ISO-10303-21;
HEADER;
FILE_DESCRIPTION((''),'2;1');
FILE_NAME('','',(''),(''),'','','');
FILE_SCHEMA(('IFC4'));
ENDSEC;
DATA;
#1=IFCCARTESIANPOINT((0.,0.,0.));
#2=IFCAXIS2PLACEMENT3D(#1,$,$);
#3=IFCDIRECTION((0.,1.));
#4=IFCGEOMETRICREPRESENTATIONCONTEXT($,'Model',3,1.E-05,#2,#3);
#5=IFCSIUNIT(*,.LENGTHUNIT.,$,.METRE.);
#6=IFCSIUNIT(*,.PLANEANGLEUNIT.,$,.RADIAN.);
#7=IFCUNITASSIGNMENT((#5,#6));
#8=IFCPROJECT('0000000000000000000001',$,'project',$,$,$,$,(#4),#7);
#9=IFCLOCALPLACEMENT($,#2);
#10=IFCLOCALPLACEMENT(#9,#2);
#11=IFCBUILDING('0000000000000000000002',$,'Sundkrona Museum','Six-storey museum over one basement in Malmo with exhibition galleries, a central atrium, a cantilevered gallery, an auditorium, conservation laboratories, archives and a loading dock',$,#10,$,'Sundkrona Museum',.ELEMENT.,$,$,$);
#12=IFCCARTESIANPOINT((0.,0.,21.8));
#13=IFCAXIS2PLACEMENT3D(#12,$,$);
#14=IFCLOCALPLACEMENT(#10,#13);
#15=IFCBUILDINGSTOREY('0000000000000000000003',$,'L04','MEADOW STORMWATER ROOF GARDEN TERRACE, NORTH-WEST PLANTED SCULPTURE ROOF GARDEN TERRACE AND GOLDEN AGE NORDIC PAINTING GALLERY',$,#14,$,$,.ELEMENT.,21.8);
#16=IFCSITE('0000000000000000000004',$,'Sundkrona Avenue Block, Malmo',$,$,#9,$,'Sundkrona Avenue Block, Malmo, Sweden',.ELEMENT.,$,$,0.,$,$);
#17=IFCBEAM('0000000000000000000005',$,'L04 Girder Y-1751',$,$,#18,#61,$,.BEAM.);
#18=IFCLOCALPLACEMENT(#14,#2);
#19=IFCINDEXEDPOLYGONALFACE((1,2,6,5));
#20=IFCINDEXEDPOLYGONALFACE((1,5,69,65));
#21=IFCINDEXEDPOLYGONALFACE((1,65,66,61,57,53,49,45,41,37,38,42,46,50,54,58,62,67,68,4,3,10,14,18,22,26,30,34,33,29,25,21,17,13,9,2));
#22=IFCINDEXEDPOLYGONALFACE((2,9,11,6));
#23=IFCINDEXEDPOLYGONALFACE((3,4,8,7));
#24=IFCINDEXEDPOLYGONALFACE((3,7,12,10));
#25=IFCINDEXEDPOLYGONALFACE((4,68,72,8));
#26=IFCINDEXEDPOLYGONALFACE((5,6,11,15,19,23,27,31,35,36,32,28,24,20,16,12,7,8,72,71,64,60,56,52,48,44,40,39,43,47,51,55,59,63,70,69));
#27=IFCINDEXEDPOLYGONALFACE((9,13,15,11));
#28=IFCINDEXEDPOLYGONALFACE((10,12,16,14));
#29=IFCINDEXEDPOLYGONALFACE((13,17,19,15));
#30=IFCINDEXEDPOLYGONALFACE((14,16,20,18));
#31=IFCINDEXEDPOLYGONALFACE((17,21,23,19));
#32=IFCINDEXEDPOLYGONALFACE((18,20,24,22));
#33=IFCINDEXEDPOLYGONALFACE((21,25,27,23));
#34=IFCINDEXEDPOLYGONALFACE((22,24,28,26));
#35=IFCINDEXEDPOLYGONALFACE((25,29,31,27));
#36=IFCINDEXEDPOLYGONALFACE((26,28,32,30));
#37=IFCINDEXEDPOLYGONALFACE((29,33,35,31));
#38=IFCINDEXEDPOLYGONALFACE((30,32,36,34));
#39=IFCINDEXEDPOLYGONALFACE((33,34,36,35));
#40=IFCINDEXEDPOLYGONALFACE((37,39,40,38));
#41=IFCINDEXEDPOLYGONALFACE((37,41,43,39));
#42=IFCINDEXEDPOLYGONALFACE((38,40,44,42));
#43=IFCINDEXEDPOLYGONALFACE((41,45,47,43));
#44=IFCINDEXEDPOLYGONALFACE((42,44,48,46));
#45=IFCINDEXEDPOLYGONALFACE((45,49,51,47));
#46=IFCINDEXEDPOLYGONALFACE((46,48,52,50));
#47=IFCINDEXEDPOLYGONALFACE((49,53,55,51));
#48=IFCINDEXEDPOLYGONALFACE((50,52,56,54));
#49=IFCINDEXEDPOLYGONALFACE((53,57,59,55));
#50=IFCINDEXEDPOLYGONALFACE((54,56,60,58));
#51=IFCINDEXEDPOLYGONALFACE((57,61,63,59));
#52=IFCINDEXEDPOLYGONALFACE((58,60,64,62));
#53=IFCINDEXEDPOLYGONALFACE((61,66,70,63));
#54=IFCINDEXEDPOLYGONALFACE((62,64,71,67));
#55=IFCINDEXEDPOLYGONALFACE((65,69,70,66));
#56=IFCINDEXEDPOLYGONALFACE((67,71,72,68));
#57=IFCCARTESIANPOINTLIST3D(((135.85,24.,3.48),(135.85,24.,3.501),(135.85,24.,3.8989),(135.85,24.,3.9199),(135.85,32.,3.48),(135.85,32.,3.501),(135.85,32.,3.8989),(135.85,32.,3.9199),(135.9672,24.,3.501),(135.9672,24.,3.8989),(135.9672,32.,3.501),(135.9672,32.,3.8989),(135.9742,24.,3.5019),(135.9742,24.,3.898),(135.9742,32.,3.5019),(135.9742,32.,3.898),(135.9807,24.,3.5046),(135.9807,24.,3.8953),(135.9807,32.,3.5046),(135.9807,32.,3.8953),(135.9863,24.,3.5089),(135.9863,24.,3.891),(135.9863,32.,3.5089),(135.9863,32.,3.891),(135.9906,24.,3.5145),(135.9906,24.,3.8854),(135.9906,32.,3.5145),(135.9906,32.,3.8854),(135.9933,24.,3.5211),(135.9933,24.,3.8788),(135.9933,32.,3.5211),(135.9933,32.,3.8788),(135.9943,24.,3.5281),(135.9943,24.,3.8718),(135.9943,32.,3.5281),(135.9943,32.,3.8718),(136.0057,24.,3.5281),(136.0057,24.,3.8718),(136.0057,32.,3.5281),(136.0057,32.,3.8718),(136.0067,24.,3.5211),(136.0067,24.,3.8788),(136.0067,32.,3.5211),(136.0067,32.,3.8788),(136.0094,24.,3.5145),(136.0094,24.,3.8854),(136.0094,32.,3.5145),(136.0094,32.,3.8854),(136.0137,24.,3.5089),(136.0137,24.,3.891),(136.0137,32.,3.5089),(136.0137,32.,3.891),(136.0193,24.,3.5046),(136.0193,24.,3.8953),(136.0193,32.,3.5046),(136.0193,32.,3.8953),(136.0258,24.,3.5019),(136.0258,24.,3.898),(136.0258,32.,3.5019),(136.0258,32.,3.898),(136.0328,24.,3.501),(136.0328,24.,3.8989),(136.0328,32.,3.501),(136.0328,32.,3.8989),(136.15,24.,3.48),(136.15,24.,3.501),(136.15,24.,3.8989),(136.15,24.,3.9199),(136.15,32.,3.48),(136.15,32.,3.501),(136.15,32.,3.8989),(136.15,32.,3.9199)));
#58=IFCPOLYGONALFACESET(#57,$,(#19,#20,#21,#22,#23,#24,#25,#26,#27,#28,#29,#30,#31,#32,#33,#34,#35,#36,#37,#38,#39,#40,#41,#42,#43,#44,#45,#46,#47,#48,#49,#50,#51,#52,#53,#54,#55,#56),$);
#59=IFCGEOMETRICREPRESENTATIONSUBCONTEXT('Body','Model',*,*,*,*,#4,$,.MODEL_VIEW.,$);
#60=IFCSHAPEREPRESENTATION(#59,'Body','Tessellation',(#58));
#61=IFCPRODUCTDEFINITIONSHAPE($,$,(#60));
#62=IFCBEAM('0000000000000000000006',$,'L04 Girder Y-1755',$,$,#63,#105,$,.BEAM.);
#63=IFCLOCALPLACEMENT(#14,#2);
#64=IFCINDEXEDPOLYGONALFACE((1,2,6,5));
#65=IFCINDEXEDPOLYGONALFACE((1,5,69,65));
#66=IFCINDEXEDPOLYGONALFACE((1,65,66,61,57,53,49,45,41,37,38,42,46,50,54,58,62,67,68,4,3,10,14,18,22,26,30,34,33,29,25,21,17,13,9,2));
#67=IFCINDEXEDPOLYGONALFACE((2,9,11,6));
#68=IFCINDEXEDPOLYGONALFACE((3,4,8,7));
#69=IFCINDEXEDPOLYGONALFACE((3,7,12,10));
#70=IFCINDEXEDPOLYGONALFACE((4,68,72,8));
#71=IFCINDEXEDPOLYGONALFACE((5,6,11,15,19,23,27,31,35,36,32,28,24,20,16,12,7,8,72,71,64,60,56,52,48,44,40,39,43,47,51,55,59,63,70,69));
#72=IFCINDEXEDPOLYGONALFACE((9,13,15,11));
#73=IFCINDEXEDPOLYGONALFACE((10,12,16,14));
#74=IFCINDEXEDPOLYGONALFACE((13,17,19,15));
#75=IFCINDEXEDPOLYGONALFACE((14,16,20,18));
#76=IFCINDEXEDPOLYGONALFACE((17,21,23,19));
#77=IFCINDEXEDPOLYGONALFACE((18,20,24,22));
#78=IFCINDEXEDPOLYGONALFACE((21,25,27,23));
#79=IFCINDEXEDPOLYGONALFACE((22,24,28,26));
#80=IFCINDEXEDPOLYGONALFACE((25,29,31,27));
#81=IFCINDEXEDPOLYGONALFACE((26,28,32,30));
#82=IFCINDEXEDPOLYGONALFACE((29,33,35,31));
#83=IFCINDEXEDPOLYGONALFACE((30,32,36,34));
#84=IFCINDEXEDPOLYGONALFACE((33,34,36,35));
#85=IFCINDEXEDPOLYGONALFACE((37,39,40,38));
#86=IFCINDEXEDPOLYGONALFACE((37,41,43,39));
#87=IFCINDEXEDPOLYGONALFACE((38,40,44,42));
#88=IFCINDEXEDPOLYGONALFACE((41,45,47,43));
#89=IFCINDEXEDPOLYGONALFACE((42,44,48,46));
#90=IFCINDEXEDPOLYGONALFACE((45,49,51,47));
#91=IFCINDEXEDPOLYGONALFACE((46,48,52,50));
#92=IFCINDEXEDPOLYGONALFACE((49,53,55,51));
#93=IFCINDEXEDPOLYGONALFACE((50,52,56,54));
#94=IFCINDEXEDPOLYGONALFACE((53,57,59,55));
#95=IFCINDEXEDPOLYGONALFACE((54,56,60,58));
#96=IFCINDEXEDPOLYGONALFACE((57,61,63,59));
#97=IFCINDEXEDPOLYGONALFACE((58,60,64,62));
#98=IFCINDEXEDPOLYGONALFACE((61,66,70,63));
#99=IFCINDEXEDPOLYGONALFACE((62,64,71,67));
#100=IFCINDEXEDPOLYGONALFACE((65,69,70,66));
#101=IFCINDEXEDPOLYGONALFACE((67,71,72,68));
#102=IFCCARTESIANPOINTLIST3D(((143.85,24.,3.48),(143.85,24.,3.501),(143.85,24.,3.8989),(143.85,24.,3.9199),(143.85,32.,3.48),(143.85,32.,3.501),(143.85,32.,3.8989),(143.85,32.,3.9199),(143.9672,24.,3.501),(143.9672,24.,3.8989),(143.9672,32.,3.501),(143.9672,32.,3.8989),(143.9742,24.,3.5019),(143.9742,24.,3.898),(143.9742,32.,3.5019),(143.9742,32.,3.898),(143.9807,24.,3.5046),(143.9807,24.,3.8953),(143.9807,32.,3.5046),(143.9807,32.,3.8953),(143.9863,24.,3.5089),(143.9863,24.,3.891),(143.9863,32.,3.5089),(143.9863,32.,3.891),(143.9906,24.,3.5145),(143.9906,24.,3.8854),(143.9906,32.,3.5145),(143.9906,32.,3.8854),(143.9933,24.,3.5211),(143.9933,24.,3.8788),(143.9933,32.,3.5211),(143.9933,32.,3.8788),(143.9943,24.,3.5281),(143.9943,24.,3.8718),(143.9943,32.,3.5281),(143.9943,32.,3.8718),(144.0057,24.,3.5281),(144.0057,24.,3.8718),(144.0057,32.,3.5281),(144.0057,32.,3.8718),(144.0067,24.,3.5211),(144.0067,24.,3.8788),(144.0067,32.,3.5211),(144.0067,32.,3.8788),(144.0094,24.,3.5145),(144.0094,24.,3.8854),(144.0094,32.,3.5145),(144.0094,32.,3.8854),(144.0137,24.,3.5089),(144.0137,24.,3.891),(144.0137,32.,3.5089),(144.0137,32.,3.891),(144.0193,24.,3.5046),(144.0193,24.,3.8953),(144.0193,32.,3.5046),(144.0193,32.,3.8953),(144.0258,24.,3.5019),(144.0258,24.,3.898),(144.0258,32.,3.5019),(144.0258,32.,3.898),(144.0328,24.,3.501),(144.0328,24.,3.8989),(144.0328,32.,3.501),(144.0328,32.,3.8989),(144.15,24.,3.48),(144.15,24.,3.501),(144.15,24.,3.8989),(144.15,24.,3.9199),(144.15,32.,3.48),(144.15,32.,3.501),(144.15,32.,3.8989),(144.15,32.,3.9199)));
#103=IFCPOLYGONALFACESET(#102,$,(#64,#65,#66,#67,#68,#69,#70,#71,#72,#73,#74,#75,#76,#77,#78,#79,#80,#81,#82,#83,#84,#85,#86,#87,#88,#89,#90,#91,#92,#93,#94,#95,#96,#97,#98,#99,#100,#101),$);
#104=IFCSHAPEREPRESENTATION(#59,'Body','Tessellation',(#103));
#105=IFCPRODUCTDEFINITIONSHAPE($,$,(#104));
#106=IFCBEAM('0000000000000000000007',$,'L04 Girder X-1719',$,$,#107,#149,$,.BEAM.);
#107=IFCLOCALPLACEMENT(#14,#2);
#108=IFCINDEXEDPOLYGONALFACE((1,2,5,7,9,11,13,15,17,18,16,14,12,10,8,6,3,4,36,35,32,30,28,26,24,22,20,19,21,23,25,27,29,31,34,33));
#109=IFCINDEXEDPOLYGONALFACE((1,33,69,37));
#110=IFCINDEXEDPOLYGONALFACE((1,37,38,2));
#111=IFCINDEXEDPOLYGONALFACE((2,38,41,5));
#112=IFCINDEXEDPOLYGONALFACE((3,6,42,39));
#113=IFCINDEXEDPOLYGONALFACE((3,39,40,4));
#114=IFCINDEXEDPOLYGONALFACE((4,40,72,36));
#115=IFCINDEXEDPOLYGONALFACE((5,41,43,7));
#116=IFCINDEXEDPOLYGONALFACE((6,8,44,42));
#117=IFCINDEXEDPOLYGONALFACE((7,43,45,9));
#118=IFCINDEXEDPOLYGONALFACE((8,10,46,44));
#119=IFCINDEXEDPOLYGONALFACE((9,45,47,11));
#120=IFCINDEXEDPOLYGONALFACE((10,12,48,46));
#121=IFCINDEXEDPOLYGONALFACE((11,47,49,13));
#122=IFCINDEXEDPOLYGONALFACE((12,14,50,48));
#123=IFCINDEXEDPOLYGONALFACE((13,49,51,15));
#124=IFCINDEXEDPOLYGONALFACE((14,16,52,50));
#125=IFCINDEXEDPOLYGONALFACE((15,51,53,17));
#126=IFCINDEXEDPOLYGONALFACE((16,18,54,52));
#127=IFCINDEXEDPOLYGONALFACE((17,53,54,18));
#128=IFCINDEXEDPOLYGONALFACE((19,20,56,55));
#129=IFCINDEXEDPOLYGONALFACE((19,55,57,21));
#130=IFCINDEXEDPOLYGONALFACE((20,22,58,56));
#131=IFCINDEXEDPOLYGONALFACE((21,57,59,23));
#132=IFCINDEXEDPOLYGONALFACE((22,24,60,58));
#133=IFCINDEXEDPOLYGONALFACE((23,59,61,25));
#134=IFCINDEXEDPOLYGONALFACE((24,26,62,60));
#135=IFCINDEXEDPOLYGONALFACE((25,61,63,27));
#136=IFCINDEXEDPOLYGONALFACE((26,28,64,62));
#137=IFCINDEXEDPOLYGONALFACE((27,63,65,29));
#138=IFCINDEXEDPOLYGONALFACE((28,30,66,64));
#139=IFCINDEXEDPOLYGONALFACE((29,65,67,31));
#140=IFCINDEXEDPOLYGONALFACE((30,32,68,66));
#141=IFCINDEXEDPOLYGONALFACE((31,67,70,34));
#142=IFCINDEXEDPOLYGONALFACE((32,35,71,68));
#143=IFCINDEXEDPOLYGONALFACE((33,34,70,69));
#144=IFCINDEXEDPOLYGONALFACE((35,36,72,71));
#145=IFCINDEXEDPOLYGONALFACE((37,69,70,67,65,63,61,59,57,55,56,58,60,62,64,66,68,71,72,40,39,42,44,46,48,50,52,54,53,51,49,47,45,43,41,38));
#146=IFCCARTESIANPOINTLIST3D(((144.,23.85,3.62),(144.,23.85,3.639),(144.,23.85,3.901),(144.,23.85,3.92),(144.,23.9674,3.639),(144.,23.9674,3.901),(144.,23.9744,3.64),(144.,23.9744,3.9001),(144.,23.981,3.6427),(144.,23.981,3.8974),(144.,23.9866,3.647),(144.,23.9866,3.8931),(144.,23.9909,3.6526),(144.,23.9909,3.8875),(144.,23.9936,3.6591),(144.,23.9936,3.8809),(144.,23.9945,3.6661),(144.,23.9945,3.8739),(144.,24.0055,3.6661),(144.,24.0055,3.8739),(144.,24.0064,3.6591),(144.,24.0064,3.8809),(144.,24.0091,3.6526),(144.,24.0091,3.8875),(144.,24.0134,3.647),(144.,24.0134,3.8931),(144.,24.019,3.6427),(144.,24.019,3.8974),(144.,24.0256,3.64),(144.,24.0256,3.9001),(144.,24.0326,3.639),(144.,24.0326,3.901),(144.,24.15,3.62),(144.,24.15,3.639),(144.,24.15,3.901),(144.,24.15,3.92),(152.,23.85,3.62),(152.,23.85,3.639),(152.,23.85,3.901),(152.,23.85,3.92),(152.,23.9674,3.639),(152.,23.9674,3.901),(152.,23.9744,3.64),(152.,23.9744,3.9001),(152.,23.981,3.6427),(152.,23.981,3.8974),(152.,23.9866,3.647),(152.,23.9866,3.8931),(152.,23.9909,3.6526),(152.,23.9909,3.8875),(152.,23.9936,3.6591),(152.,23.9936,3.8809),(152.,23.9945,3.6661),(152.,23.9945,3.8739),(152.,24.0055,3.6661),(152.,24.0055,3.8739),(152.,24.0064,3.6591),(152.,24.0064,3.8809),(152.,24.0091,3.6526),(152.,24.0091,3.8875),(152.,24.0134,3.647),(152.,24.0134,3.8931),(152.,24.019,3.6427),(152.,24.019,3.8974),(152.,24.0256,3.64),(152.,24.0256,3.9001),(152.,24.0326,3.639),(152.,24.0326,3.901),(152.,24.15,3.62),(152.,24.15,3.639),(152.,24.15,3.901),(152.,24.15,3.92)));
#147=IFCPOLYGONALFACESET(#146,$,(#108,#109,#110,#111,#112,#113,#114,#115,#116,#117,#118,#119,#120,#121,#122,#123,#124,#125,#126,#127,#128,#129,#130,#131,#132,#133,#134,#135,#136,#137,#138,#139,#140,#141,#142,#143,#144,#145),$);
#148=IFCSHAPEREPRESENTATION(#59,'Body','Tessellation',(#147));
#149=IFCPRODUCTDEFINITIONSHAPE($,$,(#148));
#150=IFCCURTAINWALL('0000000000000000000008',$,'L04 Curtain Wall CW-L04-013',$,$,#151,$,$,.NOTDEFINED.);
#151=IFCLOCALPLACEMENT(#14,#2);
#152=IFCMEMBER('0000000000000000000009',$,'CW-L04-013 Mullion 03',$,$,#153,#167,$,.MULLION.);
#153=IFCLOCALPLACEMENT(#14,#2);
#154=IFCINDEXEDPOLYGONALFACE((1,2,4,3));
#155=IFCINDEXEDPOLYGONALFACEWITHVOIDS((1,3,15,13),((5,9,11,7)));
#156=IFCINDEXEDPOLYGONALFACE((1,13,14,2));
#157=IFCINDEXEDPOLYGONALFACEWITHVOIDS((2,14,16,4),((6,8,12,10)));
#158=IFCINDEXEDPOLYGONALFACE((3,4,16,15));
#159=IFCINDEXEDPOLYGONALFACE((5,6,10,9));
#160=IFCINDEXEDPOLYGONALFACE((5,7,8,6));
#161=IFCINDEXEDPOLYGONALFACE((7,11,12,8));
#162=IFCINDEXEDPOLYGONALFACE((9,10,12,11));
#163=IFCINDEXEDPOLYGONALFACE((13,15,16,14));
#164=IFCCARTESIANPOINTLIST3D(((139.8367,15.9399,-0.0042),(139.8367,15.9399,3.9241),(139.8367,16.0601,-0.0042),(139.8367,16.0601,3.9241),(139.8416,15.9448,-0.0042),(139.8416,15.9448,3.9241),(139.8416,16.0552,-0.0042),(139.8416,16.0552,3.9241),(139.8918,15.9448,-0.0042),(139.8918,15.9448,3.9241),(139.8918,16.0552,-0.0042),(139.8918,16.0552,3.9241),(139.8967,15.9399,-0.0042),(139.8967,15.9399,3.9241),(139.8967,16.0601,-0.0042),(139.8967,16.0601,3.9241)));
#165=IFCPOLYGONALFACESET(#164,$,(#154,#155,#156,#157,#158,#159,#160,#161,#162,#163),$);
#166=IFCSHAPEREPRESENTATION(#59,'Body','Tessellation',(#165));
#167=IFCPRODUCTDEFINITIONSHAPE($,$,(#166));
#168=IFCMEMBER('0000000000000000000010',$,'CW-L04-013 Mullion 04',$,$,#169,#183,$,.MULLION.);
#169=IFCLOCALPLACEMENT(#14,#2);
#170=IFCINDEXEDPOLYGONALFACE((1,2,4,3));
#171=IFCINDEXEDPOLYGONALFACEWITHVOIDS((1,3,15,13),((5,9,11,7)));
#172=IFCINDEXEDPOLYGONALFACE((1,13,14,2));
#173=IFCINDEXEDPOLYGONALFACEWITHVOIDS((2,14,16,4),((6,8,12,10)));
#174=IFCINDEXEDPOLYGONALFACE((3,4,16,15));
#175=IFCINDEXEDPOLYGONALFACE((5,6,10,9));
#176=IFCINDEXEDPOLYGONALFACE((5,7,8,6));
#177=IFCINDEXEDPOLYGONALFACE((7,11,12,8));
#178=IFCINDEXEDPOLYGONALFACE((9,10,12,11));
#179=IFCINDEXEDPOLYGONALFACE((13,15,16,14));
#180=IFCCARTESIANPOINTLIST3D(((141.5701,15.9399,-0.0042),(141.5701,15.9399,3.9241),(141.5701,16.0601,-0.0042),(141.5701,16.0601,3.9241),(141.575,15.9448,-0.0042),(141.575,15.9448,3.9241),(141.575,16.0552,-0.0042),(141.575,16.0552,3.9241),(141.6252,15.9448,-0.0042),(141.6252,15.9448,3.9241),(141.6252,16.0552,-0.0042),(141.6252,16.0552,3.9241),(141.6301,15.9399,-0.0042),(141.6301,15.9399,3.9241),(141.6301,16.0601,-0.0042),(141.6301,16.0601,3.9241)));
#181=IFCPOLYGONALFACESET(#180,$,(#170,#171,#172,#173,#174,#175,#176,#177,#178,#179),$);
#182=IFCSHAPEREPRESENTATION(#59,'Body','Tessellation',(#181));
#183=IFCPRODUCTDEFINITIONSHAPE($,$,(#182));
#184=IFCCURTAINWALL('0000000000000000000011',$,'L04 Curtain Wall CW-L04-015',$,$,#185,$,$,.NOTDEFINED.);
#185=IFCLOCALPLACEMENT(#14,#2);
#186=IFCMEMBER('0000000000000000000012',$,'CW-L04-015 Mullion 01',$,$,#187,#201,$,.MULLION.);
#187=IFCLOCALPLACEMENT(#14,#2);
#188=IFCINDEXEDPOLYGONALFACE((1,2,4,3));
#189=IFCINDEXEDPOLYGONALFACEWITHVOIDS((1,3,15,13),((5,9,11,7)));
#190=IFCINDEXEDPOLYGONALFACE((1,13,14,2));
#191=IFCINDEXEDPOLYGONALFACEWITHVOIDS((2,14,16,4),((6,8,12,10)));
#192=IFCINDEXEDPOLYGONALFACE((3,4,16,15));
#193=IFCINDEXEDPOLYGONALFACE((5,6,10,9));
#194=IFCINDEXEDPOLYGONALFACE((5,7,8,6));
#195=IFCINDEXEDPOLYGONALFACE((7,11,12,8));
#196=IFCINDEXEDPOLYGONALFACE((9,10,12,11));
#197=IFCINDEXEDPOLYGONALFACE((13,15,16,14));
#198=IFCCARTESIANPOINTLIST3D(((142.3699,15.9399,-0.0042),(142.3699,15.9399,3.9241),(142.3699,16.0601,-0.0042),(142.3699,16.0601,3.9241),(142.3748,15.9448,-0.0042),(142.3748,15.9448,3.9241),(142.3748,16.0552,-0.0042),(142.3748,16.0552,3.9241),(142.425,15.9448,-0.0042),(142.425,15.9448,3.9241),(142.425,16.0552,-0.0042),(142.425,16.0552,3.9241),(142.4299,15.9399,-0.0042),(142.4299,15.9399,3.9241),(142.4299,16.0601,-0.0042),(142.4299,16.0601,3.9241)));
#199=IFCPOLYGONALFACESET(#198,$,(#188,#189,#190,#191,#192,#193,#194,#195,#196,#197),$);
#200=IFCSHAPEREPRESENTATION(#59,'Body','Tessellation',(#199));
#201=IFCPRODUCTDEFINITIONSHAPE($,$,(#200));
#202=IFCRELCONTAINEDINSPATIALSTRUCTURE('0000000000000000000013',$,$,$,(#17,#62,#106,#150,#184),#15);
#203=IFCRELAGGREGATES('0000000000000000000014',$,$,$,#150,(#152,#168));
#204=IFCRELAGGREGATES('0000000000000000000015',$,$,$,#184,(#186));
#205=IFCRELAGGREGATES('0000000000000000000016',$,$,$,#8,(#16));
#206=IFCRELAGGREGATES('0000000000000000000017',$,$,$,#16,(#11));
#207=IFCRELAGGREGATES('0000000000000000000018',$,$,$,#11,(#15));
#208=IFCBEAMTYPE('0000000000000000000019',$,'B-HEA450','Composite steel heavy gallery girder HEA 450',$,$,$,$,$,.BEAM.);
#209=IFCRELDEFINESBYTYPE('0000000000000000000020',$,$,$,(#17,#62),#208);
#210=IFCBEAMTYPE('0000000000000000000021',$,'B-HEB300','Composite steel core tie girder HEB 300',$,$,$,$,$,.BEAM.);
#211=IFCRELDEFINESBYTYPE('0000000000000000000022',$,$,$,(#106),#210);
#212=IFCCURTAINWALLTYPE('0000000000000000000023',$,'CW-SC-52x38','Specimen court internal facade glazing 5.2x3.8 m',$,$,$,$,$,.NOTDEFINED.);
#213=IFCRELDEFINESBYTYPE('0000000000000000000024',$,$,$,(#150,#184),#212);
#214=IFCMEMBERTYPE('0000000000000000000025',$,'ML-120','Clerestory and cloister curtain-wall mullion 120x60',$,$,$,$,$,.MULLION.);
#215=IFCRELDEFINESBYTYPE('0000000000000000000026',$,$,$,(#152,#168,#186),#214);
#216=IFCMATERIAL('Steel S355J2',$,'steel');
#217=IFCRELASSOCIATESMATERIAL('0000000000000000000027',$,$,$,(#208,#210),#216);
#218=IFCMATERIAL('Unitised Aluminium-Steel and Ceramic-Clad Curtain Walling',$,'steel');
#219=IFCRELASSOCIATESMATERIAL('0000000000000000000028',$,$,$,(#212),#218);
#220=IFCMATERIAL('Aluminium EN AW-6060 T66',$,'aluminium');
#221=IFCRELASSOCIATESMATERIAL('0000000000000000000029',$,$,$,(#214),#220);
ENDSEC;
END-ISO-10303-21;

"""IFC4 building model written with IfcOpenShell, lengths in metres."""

from ifc_helpers import new_model, si_unit, direction, frame, origin, origin_2d, place, context, subcontext, project, spatial, hollow_rectangle, i_section, extrude, material, material_profile, profile_set, type_object, element, aggregate, save


model = new_model("IFC4")

# Units and contexts
model_context = context("Model", 3, precision=1e-05, world=origin(), true_north=direction((0.0, 1.0)))
body_context = subcontext(model_context, "Body", "Model", "MODEL_VIEW")
ifc_project = project(units=[si_unit("LENGTHUNIT", "METRE"), si_unit("PLANEANGLEUNIT", "RADIAN")], contexts=[model_context])

# Site, building, storey
site_placement = place(None, origin())
site = spatial("IfcSite", under=ifc_project, at=site_placement, Name="Sundkrona Avenue Block, Malmo", LongName="Sundkrona Avenue Block, Malmo, Sweden", CompositionType="ELEMENT", RefElevation=0.0)
building_placement = place(site_placement, origin())
building = spatial("IfcBuilding", under=site, at=building_placement, Name="Sundkrona Museum", Description="Six-storey museum over one basement in Malmo with exhibition galleries, a central atrium, a cantilevered gallery, an auditorium, conservation laboratories, archives and a loading dock", LongName="Sundkrona Museum", CompositionType="ELEMENT")
storey_placement = place(building_placement, frame((0.0, 0.0, 21.8)))
storey = spatial("IfcBuildingStorey", under=building, at=storey_placement, Name="L04", Description="MEADOW STORMWATER ROOF GARDEN TERRACE, NORTH-WEST PLANTED SCULPTURE ROOF GARDEN TERRACE AND GOLDEN AGE NORDIC PAINTING GALLERY", CompositionType="ELEMENT", Elevation=21.8)

# Shared definitions
ifc_material_1 = material(Name="Steel S355J2", Category="steel")

# Beams
ifc_material_profile_1 = material_profile(ifc_material_1, i_section(OverallWidth=0.3, OverallDepth=0.4399, WebThickness=0.0115, FlangeThickness=0.021, FilletRadius=0.0271, at=origin_2d()), Name="HEA 450")
ifc_profile_set_1 = profile_set([ifc_material_profile_1], Name="Steel S355J2")
beam_type_1 = type_object("IfcBeamType", Name="B-HEA450", Description="Composite steel heavy gallery girder HEA 450", PredefinedType="BEAM", material=ifc_profile_set_1)
for number, where, z_axis, x_axis, name in (
    (1, (136.0, 24.0, 3.7), (0.0, 1.0, 0.0), (-1.0, 0.0, 0.0), "L04 Girder Y-1751"),
    (2, (144.0, 24.0, 3.7), (0.0, 1.0, 0.0), (-1.0, 0.0, 0.0), "L04 Girder Y-1755"),
):
    element("IfcBeam", number, at=place(storey_placement, frame(where, z_axis=z_axis, x_axis=x_axis)), inside=storey, type_object=beam_type_1, Name=name, PredefinedType="BEAM", context=body_context, shape_type="SweptSolid", body=[
        extrude(i_section(OverallWidth=0.3, OverallDepth=0.4399, WebThickness=0.0115, FlangeThickness=0.021, FilletRadius=0.0271, at=origin_2d()), origin(), (0.0, 0.0, 1.0), 8.0),
    ])
ifc_material_profile_2 = material_profile(ifc_material_1, i_section(OverallWidth=0.3, OverallDepth=0.3, WebThickness=0.011, FlangeThickness=0.019, FilletRadius=0.0271, at=origin_2d()), Name="HEB 300")
ifc_profile_set_2 = profile_set([ifc_material_profile_2], Name="Steel S355J2")
beam_type_2 = type_object("IfcBeamType", Name="B-HEB300", Description="Composite steel core tie girder HEB 300", PredefinedType="BEAM", material=ifc_profile_set_2)
beam_placement = place(storey_placement, frame((144.0, 24.0, 3.77), z_axis=(1.0, 0.0, 0.0), x_axis=(0.0, 1.0, 0.0)))
element("IfcBeam", 3, at=beam_placement, inside=storey, type_object=beam_type_2, Name="L04 Girder X-1719", PredefinedType="BEAM", context=body_context, shape_type="SweptSolid", body=[
    extrude(i_section(OverallWidth=0.3, OverallDepth=0.3, WebThickness=0.011, FlangeThickness=0.019, FilletRadius=0.0271, at=origin_2d()), origin(), (0.0, 0.0, 1.0), 8.0),
])

# Curtain walls, members
ifc_material_2 = material(Name="Unitised Aluminium-Steel and Ceramic-Clad Curtain Walling", Category="steel")
curtain_wall_type = type_object("IfcCurtainWallType", Name="CW-SC-52x38", Description="Specimen court internal facade glazing 5.2x3.8 m", PredefinedType="NOTDEFINED", material=ifc_material_2)
curtain_wall_1_placement = place(storey_placement, origin())
curtain_wall_1 = element("IfcCurtainWall", 4, at=curtain_wall_1_placement, inside=storey, type_object=curtain_wall_type, Name="L04 Curtain Wall CW-L04-013", PredefinedType="NOTDEFINED")
ifc_material_3 = material(Name="Aluminium EN AW-6060 T66", Category="aluminium")
ifc_material_profile_3 = material_profile(ifc_material_3, hollow_rectangle(XDim=0.0601, YDim=0.1201, WallThickness=0.0049, at=origin_2d()), Name="RHS 120x60x5.0")
ifc_profile_set_3 = profile_set([ifc_material_profile_3], Name="Aluminium EN AW-6060 T66")
member_type_1 = type_object("IfcMemberType", Name="ML-120", Description="Clerestory and cloister curtain-wall mullion 120x60", PredefinedType="MULLION", material=ifc_profile_set_3)
member_1_placement = place(storey_placement, frame((139.8667, 16.0, -0.0042), z_axis=(0.0, 0.0, 1.0), x_axis=(1.0, 0.0, 0.0)))
member_1 = element("IfcMember", 5, at=member_1_placement, type_object=member_type_1, Name="CW-L04-013 Mullion 03", PredefinedType="MULLION", context=body_context, shape_type="SweptSolid", body=[
    extrude(hollow_rectangle(XDim=0.0601, YDim=0.1201, WallThickness=0.0049, at=origin_2d()), origin(), (0.0, 0.0, 1.0), 3.9282),
])
member_2_placement = place(storey_placement, frame((141.6001, 16.0, -0.0042), z_axis=(0.0, 0.0, 1.0), x_axis=(1.0, 0.0, 0.0)))
member_2 = element("IfcMember", 6, at=member_2_placement, type_object=member_type_1, Name="CW-L04-013 Mullion 04", PredefinedType="MULLION", context=body_context, shape_type="SweptSolid", body=[
    extrude(hollow_rectangle(XDim=0.0601, YDim=0.1201, WallThickness=0.0049, at=origin_2d()), origin(), (0.0, 0.0, 1.0), 3.9282),
])
curtain_wall_2_placement = place(storey_placement, origin())
curtain_wall_2 = element("IfcCurtainWall", 7, at=curtain_wall_2_placement, inside=storey, type_object=curtain_wall_type, Name="L04 Curtain Wall CW-L04-015", PredefinedType="NOTDEFINED")
member_3_placement = place(storey_placement, frame((142.3999, 16.0, -0.0042), z_axis=(0.0, 0.0, 1.0), x_axis=(1.0, 0.0, 0.0)))
member_3 = element("IfcMember", 8, at=member_3_placement, type_object=member_type_1, Name="CW-L04-015 Mullion 01", PredefinedType="MULLION", context=body_context, shape_type="SweptSolid", body=[
    extrude(hollow_rectangle(XDim=0.0601, YDim=0.1201, WallThickness=0.0049, at=origin_2d()), origin(), (0.0, 0.0, 1.0), 3.9282),
])

aggregate(curtain_wall_1, [member_1, member_2])
aggregate(curtain_wall_2, [member_3])

save(model, "model.ifc")
